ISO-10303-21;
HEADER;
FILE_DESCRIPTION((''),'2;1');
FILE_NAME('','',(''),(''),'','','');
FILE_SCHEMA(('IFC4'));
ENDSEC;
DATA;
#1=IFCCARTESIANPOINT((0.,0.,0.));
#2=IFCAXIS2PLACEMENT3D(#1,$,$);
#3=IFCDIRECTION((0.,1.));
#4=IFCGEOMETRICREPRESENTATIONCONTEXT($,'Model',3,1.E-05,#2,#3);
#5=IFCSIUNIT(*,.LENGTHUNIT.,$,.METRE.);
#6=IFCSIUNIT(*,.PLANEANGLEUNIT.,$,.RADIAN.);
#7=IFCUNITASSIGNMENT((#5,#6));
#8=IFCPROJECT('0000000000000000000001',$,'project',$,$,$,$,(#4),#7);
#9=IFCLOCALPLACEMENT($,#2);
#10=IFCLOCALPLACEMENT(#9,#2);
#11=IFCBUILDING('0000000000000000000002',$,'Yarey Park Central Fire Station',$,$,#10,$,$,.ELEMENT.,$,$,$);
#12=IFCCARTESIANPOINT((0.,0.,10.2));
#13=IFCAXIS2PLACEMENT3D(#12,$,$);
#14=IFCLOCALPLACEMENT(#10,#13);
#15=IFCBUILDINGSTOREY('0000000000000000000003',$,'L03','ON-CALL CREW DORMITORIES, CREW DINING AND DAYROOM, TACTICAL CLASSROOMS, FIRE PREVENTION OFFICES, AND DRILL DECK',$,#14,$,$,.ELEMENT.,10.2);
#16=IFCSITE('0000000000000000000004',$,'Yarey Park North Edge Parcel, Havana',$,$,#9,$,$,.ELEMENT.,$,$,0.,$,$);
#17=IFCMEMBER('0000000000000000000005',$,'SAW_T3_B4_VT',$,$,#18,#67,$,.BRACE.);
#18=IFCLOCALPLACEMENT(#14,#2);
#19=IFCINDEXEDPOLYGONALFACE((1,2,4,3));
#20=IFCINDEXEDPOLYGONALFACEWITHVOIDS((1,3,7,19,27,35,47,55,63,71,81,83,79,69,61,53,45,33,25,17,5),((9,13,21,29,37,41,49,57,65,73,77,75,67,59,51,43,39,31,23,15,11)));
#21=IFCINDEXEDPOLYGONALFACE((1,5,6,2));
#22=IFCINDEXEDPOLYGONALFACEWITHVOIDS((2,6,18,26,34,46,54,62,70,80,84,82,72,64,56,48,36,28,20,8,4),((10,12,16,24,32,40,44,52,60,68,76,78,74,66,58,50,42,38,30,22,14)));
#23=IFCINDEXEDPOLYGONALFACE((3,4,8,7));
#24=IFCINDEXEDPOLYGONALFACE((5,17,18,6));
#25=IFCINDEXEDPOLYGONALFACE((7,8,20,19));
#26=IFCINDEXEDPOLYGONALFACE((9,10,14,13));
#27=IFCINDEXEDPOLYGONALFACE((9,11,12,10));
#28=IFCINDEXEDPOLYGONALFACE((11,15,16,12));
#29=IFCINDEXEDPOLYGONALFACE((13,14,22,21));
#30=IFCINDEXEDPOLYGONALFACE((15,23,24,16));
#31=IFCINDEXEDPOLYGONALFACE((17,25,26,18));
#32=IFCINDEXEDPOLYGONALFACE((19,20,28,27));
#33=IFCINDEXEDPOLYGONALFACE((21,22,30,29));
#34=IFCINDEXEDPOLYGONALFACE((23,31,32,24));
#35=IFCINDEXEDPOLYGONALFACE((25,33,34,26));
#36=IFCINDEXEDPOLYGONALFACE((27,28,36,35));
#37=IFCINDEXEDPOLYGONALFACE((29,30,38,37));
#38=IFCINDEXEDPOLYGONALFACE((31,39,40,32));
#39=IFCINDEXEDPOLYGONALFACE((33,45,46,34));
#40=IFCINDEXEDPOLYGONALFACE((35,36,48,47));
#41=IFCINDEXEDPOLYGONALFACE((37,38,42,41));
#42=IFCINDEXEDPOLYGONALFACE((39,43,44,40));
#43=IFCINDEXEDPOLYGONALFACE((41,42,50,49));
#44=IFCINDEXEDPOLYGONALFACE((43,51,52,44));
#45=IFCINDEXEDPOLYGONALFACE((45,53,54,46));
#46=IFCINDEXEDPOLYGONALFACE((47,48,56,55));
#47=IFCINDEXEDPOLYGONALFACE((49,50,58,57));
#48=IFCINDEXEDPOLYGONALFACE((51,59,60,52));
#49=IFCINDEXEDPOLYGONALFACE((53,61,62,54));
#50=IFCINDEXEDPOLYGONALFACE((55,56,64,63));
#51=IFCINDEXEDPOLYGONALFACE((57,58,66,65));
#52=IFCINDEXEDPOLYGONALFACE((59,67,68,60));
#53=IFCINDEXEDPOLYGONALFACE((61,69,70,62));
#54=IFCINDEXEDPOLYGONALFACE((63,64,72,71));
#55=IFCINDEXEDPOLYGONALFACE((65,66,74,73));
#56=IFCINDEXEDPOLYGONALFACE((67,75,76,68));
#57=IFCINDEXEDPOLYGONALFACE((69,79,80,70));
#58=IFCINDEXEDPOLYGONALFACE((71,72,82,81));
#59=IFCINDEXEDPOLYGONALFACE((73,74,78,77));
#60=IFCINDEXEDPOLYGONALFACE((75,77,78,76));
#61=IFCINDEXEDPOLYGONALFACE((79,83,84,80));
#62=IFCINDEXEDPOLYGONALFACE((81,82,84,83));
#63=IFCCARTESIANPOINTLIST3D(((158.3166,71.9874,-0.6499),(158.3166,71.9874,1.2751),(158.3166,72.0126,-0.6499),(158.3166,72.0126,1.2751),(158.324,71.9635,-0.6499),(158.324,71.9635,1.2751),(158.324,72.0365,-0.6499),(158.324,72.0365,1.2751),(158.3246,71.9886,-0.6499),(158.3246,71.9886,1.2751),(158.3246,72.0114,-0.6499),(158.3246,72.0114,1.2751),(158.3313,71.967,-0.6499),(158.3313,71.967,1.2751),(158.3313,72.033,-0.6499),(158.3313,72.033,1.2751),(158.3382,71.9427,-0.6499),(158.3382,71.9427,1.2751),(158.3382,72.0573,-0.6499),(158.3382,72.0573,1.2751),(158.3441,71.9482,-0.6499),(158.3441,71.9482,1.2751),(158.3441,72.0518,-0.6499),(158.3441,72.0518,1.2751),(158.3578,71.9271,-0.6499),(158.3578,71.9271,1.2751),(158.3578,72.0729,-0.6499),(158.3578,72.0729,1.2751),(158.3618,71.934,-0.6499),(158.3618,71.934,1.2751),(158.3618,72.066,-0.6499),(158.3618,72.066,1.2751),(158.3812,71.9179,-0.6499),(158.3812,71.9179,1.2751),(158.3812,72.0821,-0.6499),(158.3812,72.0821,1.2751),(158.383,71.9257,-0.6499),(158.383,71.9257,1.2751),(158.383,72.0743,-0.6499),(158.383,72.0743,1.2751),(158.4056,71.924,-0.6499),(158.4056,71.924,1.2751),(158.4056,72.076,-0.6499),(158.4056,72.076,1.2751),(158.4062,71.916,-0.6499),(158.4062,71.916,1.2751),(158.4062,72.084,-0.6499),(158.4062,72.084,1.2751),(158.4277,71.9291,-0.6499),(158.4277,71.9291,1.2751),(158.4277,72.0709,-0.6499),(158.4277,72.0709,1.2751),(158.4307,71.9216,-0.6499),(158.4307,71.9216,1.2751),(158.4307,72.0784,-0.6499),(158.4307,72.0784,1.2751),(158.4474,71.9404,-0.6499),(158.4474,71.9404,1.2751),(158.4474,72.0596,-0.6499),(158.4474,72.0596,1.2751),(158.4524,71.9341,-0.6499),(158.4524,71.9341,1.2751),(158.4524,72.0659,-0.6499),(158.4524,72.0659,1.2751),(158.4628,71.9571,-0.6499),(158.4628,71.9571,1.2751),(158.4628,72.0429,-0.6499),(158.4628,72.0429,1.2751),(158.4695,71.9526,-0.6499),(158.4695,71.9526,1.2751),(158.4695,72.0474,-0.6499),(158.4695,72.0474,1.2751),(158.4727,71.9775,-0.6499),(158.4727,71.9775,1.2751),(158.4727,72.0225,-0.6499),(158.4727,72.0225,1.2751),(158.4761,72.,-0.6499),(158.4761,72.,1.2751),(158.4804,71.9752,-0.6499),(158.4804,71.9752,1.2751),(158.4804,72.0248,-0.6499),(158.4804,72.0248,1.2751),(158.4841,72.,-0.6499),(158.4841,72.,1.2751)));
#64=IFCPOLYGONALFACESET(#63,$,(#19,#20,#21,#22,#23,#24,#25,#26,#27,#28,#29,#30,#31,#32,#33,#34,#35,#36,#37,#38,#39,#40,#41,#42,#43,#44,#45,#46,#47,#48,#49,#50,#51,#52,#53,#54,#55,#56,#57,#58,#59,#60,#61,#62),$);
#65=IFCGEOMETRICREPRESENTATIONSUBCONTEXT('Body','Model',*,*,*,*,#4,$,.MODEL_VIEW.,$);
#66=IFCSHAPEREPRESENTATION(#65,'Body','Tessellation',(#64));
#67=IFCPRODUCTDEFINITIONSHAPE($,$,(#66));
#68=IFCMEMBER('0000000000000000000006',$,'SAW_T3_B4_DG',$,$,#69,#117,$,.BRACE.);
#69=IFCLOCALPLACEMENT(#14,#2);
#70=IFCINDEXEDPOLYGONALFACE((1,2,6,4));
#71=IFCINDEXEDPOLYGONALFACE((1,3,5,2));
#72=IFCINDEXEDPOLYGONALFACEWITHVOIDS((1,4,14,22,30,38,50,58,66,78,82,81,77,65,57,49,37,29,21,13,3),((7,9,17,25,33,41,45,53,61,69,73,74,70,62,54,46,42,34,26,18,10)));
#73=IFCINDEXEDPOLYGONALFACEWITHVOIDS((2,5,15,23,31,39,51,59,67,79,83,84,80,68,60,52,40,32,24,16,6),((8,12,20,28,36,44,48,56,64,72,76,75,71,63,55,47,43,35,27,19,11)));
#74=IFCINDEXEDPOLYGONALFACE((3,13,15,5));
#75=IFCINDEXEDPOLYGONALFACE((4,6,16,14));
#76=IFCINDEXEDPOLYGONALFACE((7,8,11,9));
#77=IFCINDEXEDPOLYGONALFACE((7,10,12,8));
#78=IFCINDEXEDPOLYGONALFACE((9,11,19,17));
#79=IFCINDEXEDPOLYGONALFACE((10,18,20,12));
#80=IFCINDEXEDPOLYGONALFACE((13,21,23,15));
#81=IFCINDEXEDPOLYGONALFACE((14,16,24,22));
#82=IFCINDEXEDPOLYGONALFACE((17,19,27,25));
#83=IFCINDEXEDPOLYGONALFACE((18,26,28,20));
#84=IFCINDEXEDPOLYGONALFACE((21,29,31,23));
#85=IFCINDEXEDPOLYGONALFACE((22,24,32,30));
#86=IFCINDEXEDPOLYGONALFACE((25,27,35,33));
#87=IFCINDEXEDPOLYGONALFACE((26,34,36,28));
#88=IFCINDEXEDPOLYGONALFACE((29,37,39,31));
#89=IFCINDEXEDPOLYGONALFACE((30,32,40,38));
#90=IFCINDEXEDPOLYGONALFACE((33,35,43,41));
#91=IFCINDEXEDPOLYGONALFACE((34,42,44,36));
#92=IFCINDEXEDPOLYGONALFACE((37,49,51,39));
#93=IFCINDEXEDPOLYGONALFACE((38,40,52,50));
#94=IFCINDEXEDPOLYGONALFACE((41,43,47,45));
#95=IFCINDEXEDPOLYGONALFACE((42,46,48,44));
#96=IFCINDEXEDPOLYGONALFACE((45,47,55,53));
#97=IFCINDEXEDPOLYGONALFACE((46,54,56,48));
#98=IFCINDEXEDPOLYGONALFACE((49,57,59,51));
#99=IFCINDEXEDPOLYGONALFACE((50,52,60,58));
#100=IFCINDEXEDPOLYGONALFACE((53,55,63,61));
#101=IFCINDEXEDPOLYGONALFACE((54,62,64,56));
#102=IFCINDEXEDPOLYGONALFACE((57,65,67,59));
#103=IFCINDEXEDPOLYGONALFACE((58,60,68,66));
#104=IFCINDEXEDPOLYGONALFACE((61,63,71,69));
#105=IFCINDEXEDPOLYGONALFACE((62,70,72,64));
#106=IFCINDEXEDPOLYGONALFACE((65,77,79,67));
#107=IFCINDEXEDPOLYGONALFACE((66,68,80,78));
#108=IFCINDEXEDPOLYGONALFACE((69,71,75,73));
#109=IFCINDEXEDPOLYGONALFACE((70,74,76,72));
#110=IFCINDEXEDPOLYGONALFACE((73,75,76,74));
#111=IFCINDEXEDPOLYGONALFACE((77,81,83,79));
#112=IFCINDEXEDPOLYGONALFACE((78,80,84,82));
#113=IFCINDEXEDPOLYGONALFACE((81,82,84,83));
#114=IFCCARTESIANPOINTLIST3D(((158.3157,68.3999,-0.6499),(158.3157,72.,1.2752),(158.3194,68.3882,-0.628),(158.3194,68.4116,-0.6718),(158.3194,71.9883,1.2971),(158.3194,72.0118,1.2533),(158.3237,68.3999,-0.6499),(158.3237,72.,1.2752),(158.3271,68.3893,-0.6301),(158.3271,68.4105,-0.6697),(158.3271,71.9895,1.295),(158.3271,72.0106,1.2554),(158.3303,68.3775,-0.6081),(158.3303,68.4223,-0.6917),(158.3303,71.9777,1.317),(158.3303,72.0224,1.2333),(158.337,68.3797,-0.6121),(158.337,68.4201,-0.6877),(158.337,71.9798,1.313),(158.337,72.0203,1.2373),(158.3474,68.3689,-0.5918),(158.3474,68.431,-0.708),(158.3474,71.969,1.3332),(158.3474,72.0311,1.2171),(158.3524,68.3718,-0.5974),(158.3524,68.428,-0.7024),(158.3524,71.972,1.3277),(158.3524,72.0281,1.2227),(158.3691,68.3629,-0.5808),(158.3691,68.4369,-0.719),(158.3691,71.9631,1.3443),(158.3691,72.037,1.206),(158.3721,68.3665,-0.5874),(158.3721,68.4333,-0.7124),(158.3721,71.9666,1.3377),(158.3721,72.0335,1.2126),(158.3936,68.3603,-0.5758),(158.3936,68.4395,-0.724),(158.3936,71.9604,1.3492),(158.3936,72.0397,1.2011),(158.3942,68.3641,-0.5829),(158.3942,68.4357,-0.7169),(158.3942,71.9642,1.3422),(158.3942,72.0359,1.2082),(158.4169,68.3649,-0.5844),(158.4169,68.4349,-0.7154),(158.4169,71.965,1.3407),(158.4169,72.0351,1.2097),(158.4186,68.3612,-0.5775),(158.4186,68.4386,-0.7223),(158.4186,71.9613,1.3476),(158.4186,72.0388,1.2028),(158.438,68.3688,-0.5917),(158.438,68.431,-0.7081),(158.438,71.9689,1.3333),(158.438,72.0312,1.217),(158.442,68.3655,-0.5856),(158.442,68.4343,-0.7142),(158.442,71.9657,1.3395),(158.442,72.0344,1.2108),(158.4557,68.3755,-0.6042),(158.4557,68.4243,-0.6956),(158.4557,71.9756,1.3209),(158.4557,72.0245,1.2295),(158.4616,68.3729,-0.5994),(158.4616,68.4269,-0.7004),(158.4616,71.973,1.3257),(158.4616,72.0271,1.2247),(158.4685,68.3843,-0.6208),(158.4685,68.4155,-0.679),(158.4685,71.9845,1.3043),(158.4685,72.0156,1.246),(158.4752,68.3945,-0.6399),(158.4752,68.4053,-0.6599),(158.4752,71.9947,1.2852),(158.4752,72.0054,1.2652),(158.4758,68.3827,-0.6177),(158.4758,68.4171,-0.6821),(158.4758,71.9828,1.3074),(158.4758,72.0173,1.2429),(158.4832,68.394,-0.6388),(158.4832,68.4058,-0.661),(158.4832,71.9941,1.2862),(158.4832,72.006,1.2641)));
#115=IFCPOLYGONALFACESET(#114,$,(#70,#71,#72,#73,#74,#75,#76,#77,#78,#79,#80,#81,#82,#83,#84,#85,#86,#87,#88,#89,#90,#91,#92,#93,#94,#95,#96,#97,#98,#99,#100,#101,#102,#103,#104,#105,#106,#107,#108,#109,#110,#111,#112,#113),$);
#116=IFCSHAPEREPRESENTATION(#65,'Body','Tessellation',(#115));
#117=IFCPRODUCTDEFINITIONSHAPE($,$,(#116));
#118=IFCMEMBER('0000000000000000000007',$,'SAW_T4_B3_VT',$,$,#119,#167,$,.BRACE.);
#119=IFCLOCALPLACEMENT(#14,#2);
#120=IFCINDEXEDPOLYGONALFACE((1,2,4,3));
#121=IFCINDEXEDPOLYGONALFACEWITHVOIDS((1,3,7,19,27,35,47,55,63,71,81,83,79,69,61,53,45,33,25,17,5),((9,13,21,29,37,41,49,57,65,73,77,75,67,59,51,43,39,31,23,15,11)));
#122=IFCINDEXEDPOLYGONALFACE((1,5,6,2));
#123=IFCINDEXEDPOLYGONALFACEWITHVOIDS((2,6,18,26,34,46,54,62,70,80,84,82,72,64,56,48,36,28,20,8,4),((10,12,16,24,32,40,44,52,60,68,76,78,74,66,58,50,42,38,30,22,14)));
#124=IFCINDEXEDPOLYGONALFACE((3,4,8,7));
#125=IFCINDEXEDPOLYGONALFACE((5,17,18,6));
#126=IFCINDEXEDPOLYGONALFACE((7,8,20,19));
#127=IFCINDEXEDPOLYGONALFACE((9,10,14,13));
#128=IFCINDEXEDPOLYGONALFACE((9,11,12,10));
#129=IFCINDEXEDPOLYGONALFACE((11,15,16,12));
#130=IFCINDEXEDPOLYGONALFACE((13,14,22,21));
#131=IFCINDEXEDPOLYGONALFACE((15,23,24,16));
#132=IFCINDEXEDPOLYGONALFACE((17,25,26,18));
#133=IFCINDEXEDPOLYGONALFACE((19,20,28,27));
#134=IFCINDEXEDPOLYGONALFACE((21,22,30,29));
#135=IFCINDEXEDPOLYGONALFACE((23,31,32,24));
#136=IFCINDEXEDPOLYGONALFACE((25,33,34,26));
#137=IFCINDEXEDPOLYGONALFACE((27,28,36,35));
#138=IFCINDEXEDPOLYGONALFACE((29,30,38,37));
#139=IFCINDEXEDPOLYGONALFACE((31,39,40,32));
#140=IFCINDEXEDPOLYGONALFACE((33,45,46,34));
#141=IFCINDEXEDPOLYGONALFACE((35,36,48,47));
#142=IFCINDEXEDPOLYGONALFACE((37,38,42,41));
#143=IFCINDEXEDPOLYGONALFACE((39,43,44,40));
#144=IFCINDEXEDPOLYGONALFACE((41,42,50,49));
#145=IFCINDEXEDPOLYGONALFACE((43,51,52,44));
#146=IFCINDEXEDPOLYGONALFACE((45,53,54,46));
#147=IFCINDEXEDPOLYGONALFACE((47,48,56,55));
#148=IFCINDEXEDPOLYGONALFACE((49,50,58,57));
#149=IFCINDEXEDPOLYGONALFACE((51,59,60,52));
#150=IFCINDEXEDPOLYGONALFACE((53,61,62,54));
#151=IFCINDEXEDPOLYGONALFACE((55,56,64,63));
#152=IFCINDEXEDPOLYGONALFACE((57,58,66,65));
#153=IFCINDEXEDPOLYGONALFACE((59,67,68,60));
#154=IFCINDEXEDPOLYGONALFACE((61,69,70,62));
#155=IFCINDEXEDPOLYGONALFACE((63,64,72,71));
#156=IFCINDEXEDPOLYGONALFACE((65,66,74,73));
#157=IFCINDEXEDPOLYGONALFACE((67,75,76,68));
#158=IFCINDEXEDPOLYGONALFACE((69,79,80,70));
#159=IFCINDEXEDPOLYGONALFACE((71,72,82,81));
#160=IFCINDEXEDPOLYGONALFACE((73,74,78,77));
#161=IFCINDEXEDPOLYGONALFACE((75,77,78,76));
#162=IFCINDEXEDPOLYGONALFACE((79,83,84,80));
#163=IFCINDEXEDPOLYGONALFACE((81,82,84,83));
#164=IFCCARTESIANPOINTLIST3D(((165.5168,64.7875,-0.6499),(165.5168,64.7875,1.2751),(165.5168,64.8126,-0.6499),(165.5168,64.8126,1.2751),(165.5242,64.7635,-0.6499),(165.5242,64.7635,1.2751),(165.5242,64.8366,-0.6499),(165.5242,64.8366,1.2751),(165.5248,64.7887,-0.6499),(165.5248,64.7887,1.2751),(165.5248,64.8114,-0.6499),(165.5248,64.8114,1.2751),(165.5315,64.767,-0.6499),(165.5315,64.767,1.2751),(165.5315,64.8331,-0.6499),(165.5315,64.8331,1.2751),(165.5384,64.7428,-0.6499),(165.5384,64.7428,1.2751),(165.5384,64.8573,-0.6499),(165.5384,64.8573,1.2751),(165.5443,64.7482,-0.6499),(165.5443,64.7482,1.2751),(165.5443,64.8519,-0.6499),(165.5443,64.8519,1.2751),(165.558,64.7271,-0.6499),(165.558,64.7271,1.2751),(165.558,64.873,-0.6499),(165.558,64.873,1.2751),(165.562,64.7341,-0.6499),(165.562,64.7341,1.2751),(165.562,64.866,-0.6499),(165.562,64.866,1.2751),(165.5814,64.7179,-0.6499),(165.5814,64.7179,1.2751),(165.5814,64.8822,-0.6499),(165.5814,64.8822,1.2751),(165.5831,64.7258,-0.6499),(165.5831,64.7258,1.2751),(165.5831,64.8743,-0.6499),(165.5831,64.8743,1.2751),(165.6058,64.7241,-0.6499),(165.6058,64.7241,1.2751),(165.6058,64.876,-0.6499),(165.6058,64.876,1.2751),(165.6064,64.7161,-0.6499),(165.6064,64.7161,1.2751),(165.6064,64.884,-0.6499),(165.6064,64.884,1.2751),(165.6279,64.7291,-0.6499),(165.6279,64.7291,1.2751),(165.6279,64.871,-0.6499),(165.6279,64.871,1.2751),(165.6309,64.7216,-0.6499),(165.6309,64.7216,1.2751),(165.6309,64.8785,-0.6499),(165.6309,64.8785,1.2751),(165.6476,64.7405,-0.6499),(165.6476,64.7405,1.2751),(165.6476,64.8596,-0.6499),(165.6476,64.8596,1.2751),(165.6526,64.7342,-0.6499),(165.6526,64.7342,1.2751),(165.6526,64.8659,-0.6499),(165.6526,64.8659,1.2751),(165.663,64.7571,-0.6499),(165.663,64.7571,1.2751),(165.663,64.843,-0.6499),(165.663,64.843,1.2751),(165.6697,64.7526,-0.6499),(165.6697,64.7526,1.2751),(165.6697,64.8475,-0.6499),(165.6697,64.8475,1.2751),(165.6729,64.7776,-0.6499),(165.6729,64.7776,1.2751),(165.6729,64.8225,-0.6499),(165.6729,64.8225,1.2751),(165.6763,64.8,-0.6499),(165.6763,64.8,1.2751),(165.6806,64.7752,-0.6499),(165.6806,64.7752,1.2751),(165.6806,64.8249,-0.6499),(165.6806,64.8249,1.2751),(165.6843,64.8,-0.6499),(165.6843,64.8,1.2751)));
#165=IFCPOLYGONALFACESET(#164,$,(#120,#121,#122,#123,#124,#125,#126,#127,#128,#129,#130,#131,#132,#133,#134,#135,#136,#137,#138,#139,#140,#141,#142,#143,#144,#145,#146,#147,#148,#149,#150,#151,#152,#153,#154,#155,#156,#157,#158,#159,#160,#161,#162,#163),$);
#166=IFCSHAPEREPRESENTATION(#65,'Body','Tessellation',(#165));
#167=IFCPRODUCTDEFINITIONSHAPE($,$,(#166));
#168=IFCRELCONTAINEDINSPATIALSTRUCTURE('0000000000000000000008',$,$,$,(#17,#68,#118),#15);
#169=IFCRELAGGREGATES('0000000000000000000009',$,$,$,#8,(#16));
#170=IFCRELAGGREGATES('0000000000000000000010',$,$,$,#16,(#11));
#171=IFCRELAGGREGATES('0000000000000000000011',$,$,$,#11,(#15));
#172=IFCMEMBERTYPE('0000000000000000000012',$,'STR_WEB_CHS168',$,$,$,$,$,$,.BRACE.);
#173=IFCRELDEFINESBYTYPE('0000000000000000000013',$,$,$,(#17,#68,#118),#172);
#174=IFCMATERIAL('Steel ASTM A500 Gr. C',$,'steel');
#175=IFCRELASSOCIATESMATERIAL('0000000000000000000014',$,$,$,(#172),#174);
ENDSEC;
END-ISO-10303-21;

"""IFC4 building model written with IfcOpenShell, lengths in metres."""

from ifc_helpers import new_model, si_unit, direction, frame, origin, origin_2d, place, context, subcontext, project, spatial, hollow_circle, extrude, material, material_profile, profile_set, type_object, element, save


model = new_model("IFC4")

# Units and contexts
model_context = context("Model", 3, precision=1e-05, world=origin(), true_north=direction((0.0, 1.0)))
body_context = subcontext(model_context, "Body", "Model", "MODEL_VIEW")
ifc_project = project(units=[si_unit("LENGTHUNIT", "METRE"), si_unit("PLANEANGLEUNIT", "RADIAN")], contexts=[model_context])

# Site, building, storey
site_placement = place(None, origin())
site = spatial("IfcSite", under=ifc_project, at=site_placement, Name="Yarey Park North Edge Parcel, Havana", CompositionType="ELEMENT", RefElevation=0.0)
building_placement = place(site_placement, origin())
building = spatial("IfcBuilding", under=site, at=building_placement, Name="Yarey Park Central Fire Station", CompositionType="ELEMENT")
storey_placement = place(building_placement, frame((0.0, 0.0, 10.2)))
storey = spatial("IfcBuildingStorey", under=building, at=storey_placement, Name="L03", Description="ON-CALL CREW DORMITORIES, CREW DINING AND DAYROOM, TACTICAL CLASSROOMS, FIRE PREVENTION OFFICES, AND DRILL DECK", CompositionType="ELEMENT", Elevation=10.2)

# Shared definitions
ifc_material_1 = material(Name="Steel ASTM A500 Gr. C", Category="steel")

# Members
ifc_material_profile_1 = material_profile(ifc_material_1, hollow_circle(Radius=0.0842, WallThickness=0.0081, at=origin_2d()), Name="CHS 168.3x8")
ifc_profile_set_1 = profile_set([ifc_material_profile_1], Name="Steel ASTM A500 Gr. C")
member_type_1 = type_object("IfcMemberType", Name="STR_WEB_CHS168", PredefinedType="BRACE", material=ifc_profile_set_1)
member_1_placement = place(storey_placement, frame((158.3999, 72.0, -0.6499), z_axis=(0.0, 0.0, 1.0), x_axis=(1.0, 0.0, 0.0)))
element("IfcMember", 1, at=member_1_placement, inside=storey, type_object=member_type_1, Name="SAW_T3_B4_VT", PredefinedType="BRACE", context=body_context, shape_type="SweptSolid", body=[
    extrude(hollow_circle(Radius=0.0842, WallThickness=0.0081, at=origin_2d()), origin(), (0.0, 0.0, 1.0), 1.925),
])
member_2_placement = place(storey_placement, frame((158.3999, 68.3999, -0.6499), z_axis=(0.0, 0.881844, 0.471541), x_axis=(-1.0, 0.0, 0.0)))
element("IfcMember", 2, at=member_2_placement, inside=storey, type_object=member_type_1, Name="SAW_T3_B4_DG", PredefinedType="BRACE", context=body_context, shape_type="SweptSolid", body=[
    extrude(hollow_circle(Radius=0.0842, WallThickness=0.0081, at=origin_2d()), origin(), (0.0, 0.0, 1.0), 4.0825),
])
member_3_placement = place(storey_placement, frame((165.6001, 64.8, -0.6499), z_axis=(0.0, 0.0, 1.0), x_axis=(1.0, 0.0, 0.0)))
element("IfcMember", 3, at=member_3_placement, inside=storey, type_object=member_type_1, Name="SAW_T4_B3_VT", PredefinedType="BRACE", context=body_context, shape_type="SweptSolid", body=[
    extrude(hollow_circle(Radius=0.0842, WallThickness=0.0081, at=origin_2d()), origin(), (0.0, 0.0, 1.0), 1.925),
])

save(model, "model.ifc")
